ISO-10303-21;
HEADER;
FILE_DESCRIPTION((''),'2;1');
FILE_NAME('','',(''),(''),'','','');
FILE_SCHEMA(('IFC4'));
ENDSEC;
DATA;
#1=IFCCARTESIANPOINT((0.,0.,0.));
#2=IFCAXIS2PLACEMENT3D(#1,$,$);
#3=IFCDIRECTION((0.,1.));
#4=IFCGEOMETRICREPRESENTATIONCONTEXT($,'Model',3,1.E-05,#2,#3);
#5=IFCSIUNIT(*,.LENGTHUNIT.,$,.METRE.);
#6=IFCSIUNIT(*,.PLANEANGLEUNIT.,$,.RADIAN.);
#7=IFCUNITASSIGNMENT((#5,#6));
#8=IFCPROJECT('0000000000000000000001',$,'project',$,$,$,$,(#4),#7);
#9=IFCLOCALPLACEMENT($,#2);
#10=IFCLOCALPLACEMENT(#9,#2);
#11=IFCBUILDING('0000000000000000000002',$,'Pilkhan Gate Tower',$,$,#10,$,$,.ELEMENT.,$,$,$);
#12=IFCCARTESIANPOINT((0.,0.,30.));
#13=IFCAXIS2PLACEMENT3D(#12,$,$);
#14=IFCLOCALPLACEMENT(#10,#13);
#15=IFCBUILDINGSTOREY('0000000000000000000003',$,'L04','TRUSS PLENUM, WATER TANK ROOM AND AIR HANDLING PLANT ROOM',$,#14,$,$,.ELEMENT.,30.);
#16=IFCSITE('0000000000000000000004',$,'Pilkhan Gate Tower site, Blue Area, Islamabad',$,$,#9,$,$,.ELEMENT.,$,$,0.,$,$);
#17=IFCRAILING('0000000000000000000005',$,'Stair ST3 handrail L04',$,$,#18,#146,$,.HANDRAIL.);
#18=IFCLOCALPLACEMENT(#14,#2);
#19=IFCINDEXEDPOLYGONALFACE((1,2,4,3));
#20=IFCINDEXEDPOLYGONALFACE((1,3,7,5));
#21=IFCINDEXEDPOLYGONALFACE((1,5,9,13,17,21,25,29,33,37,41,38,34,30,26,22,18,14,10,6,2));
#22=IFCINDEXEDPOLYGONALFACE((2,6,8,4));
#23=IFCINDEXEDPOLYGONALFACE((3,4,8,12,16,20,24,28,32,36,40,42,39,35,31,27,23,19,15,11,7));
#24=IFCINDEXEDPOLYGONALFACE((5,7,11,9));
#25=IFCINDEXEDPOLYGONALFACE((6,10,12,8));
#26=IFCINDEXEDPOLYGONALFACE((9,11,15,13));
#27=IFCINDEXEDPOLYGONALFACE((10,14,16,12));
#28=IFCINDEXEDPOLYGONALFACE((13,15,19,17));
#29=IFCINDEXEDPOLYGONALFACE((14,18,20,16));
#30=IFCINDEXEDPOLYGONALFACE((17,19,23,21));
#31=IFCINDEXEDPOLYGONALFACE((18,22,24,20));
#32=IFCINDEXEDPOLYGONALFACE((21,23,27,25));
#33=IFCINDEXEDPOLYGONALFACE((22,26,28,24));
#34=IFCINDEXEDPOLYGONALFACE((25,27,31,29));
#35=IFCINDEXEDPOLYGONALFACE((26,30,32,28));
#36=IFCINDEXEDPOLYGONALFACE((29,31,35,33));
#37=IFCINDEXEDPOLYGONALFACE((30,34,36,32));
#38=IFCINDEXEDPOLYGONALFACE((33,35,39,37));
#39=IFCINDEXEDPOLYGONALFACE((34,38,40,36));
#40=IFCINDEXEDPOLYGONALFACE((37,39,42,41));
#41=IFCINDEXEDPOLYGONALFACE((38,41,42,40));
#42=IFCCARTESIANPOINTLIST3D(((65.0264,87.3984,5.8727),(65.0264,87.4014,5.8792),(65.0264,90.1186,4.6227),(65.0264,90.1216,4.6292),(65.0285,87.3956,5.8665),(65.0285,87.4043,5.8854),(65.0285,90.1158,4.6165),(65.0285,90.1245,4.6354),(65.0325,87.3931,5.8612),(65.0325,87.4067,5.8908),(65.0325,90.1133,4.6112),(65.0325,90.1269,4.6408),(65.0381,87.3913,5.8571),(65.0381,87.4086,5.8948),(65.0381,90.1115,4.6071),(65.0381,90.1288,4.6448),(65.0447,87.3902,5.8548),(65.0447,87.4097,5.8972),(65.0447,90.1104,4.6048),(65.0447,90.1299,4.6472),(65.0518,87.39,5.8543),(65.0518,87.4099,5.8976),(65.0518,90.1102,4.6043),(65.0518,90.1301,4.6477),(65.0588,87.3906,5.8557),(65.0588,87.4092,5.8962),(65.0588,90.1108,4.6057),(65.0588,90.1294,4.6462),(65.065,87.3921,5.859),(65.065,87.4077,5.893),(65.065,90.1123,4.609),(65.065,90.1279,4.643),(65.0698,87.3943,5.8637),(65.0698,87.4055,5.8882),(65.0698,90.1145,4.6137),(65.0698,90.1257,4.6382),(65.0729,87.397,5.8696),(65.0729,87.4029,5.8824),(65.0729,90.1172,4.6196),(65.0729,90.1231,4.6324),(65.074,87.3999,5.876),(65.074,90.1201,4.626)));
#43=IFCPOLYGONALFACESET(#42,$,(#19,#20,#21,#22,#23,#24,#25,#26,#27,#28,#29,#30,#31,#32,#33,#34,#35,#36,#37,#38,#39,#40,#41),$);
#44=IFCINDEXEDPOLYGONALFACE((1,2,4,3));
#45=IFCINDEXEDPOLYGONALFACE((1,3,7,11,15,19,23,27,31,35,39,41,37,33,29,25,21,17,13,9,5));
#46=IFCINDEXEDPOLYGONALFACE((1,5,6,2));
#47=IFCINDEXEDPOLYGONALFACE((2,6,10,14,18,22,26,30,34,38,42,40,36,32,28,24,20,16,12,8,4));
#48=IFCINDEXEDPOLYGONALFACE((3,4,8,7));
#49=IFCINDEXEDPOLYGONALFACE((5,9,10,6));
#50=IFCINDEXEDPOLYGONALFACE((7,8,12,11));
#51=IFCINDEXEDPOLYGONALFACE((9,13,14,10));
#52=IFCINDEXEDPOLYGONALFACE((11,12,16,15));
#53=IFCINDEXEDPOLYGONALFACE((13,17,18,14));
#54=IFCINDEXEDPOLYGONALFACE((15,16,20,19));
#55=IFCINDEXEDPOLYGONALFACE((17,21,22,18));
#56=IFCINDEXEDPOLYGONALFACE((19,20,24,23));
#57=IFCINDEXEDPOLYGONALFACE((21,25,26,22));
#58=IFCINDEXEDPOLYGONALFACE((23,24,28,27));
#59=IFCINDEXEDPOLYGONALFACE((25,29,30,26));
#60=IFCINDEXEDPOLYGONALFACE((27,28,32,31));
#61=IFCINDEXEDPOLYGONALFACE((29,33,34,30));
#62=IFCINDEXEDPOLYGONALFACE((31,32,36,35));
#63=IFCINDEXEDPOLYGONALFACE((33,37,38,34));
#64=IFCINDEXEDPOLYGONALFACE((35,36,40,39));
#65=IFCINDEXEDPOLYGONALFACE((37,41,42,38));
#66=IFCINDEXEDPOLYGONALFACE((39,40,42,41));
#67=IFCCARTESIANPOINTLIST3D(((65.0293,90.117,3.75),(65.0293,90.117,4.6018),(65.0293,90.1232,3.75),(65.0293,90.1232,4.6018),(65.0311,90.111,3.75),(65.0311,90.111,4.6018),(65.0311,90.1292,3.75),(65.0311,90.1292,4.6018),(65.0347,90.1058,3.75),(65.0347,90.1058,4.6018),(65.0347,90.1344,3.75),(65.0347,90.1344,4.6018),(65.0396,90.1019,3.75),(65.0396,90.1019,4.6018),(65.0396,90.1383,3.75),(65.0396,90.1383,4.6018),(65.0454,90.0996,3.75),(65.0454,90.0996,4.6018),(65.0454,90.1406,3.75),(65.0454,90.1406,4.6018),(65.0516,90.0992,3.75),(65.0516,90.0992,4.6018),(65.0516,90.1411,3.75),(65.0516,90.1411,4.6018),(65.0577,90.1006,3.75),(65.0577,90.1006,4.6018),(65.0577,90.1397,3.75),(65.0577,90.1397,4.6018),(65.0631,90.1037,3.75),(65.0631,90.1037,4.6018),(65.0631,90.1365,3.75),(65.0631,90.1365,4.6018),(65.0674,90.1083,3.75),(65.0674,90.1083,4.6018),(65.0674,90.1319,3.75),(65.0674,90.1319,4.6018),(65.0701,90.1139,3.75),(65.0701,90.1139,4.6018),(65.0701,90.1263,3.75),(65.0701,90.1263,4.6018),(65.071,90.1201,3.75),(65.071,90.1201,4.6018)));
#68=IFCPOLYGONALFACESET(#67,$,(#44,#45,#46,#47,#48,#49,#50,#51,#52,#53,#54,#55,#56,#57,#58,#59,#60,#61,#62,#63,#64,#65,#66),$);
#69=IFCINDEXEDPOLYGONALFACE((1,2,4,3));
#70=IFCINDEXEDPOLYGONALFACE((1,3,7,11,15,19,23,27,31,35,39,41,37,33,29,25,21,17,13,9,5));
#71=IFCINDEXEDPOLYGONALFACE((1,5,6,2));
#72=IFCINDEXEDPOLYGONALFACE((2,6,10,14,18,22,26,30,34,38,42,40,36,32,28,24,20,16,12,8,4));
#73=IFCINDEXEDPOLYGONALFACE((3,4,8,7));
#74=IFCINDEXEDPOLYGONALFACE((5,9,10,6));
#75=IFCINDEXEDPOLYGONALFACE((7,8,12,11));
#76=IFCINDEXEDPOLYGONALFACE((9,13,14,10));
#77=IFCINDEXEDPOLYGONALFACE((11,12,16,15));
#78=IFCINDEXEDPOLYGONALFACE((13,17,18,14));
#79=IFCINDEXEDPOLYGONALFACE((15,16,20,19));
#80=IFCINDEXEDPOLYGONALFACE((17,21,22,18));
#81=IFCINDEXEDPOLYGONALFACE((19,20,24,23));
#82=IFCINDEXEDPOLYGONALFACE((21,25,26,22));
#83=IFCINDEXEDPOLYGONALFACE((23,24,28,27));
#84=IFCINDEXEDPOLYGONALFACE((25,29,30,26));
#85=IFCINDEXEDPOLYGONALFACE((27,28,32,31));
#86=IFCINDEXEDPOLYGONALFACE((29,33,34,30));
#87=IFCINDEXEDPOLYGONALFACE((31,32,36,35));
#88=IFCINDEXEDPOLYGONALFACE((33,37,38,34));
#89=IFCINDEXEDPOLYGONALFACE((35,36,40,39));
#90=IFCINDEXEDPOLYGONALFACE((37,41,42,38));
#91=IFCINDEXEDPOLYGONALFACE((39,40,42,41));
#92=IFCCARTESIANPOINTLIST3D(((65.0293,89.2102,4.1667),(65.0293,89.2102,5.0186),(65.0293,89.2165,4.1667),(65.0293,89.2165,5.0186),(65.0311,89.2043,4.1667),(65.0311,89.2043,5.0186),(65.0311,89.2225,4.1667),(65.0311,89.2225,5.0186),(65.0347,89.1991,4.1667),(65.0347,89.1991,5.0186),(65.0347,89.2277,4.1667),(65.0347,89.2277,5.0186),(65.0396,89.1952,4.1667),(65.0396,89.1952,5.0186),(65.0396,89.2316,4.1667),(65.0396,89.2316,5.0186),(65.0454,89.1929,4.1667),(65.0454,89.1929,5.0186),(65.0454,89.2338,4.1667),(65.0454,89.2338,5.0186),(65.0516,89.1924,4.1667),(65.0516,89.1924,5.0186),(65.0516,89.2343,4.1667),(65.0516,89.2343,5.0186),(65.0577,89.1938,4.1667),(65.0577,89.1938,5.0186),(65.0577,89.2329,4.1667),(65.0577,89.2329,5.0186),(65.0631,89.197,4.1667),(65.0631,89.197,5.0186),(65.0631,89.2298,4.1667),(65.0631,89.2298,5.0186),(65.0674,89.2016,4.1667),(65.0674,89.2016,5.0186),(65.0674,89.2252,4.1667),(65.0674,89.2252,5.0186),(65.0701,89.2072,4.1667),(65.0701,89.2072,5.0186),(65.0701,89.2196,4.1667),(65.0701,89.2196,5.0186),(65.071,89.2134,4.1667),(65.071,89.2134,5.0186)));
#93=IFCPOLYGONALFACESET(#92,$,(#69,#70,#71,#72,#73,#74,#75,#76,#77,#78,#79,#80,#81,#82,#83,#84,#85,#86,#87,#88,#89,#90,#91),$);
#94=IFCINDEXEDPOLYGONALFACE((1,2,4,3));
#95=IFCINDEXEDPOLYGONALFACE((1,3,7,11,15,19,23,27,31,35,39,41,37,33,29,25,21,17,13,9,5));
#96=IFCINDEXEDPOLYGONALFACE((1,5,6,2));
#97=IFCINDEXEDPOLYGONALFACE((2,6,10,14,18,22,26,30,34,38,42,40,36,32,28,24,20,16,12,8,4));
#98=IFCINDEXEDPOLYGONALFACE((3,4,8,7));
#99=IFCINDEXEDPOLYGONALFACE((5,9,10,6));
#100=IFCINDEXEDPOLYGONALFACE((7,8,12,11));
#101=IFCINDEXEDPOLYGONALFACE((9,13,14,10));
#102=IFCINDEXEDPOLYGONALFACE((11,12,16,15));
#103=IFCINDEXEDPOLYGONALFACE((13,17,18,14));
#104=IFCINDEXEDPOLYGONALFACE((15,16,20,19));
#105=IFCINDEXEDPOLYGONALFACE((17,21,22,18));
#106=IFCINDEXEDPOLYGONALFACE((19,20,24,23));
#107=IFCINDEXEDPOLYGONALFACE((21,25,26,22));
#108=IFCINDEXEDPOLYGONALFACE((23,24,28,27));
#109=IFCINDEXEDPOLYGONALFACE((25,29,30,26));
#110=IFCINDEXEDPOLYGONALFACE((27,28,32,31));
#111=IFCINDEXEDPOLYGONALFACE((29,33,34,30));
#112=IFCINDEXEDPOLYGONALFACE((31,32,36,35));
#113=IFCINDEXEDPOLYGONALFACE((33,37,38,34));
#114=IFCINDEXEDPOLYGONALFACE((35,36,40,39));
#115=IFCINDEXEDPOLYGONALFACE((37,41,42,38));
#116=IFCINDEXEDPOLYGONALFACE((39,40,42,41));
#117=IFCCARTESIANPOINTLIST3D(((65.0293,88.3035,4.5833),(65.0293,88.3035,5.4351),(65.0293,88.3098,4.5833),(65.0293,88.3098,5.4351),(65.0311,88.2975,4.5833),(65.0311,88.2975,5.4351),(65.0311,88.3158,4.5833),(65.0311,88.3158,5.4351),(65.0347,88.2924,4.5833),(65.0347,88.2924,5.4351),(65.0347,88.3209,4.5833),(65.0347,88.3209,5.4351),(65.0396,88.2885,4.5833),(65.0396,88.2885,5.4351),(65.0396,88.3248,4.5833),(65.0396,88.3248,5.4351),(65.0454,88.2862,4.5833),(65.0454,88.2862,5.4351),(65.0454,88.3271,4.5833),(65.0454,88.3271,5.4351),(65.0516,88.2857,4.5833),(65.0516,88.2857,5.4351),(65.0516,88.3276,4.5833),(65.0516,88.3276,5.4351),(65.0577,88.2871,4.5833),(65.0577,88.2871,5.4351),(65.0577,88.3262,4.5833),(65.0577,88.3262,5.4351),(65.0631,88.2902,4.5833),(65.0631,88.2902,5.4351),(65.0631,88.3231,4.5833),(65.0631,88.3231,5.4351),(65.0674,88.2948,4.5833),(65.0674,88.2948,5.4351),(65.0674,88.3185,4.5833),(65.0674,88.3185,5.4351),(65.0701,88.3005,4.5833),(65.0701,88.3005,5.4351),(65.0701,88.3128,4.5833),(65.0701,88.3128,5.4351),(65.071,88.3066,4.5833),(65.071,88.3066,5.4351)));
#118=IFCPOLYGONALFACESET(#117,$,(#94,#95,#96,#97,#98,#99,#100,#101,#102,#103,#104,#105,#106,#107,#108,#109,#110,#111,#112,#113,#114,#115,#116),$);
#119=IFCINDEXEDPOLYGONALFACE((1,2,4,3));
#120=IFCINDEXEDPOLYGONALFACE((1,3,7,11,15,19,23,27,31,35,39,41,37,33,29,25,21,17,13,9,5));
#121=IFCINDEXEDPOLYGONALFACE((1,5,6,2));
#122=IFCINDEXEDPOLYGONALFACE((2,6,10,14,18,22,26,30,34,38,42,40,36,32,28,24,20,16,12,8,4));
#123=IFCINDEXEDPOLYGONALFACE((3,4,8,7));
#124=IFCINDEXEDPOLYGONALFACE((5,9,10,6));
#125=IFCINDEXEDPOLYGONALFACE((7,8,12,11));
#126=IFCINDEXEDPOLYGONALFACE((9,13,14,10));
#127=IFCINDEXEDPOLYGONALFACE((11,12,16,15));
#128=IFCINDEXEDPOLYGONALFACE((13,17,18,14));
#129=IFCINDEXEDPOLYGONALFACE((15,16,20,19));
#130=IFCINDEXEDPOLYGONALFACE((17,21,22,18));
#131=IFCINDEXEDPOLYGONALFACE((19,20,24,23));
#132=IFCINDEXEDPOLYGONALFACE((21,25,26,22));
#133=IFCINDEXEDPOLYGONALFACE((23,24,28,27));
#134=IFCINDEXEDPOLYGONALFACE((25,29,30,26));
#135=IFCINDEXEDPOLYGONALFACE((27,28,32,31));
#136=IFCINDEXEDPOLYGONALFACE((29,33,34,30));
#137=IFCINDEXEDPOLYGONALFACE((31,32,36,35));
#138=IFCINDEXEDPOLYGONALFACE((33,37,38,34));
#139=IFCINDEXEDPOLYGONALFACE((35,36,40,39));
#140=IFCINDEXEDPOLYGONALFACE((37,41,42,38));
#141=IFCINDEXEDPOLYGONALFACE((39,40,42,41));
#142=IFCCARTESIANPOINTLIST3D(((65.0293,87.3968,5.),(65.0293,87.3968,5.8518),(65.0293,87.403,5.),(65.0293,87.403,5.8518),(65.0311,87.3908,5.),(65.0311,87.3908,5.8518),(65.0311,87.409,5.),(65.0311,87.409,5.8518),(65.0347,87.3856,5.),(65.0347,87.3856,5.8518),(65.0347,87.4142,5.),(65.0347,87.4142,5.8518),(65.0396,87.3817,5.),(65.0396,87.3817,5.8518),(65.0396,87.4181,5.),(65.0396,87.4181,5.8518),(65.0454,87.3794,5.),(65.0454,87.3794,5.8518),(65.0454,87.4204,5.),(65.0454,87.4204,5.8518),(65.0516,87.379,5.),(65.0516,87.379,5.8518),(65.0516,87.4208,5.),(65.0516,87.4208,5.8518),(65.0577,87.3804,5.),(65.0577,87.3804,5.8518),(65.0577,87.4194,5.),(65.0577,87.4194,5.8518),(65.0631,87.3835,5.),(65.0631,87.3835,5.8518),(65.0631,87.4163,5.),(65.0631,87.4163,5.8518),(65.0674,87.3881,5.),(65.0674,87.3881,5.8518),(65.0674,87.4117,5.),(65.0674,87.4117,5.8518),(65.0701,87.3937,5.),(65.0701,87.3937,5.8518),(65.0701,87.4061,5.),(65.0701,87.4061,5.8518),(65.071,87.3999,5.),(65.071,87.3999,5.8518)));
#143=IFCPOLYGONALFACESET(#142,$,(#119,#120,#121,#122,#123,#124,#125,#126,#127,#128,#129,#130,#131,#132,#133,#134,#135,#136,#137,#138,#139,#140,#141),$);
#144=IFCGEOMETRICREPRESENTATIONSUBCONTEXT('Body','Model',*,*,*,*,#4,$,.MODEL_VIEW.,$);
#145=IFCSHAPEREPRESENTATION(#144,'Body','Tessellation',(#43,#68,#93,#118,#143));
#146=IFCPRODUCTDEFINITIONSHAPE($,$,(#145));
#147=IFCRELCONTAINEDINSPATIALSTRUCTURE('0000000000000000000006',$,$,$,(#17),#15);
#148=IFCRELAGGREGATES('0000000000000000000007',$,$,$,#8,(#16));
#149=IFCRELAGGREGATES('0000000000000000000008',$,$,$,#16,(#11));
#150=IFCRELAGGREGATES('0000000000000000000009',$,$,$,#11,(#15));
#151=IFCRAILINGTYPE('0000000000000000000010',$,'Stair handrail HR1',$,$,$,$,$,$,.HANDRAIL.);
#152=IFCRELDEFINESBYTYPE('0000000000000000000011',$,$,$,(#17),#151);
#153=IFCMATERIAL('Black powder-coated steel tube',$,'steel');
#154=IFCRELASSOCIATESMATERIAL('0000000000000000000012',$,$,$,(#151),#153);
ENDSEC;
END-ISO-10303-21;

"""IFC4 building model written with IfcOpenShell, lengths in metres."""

from ifc_helpers import new_model, si_unit, direction, frame, origin, origin_2d, place, context, subcontext, project, spatial, circle, extrude, material, type_object, element, save


model = new_model("IFC4")

# Units and contexts
model_context = context("Model", 3, precision=1e-05, world=origin(), true_north=direction((0.0, 1.0)))
body_context = subcontext(model_context, "Body", "Model", "MODEL_VIEW")
ifc_project = project(units=[si_unit("LENGTHUNIT", "METRE"), si_unit("PLANEANGLEUNIT", "RADIAN")], contexts=[model_context])

# Site, building, storey
site_placement = place(None, origin())
site = spatial("IfcSite", under=ifc_project, at=site_placement, Name="Pilkhan Gate Tower site, Blue Area, Islamabad", CompositionType="ELEMENT", RefElevation=0.0)
building_placement = place(site_placement, origin())
building = spatial("IfcBuilding", under=site, at=building_placement, Name="Pilkhan Gate Tower", CompositionType="ELEMENT")
storey_placement = place(building_placement, frame((0.0, 0.0, 30.0)))
storey = spatial("IfcBuildingStorey", under=building, at=storey_placement, Name="L04", Description="TRUSS PLENUM, WATER TANK ROOM AND AIR HANDLING PLANT ROOM", CompositionType="ELEMENT", Elevation=30.0)

# Railing
ifc_material_1 = material(Name="Black powder-coated steel tube", Category="steel")
railing_type_1 = type_object("IfcRailingType", Name="Stair handrail HR1", PredefinedType="HANDRAIL", material=ifc_material_1)
railing_1_placement = place(storey_placement, frame((65.05, 90.1201, 3.75)))
element("IfcRailing", 1, at=railing_1_placement, inside=storey, type_object=railing_type_1, Name="Stair ST3 handrail L04", PredefinedType="HANDRAIL", context=body_context, shape_type="SweptSolid", body=[
    extrude(circle(Radius=0.0239, at=origin_2d()), frame((0.0, 0.0, 0.876), z_axis=(0.0, -0.908655, 0.417547), x_axis=(1.0, 0.0, 0.0)), (0.0, 0.0, 1.0), 2.9937),
    extrude(circle(Radius=0.021, at=origin_2d()), origin(), (0.0, 0.0, 1.0), 0.8518),
    extrude(circle(Radius=0.021, at=origin_2d()), frame((0.0, -0.9067, 0.4167)), (0.0, 0.0, 1.0), 0.8518),
    extrude(circle(Radius=0.021, at=origin_2d()), frame((0.0, -1.8135, 0.8333)), (0.0, 0.0, 1.0), 0.8518),
    extrude(circle(Radius=0.021, at=origin_2d()), frame((0.0, -2.7202, 1.25)), (0.0, 0.0, 1.0), 0.8518),
])

save(model, "model.ifc")
